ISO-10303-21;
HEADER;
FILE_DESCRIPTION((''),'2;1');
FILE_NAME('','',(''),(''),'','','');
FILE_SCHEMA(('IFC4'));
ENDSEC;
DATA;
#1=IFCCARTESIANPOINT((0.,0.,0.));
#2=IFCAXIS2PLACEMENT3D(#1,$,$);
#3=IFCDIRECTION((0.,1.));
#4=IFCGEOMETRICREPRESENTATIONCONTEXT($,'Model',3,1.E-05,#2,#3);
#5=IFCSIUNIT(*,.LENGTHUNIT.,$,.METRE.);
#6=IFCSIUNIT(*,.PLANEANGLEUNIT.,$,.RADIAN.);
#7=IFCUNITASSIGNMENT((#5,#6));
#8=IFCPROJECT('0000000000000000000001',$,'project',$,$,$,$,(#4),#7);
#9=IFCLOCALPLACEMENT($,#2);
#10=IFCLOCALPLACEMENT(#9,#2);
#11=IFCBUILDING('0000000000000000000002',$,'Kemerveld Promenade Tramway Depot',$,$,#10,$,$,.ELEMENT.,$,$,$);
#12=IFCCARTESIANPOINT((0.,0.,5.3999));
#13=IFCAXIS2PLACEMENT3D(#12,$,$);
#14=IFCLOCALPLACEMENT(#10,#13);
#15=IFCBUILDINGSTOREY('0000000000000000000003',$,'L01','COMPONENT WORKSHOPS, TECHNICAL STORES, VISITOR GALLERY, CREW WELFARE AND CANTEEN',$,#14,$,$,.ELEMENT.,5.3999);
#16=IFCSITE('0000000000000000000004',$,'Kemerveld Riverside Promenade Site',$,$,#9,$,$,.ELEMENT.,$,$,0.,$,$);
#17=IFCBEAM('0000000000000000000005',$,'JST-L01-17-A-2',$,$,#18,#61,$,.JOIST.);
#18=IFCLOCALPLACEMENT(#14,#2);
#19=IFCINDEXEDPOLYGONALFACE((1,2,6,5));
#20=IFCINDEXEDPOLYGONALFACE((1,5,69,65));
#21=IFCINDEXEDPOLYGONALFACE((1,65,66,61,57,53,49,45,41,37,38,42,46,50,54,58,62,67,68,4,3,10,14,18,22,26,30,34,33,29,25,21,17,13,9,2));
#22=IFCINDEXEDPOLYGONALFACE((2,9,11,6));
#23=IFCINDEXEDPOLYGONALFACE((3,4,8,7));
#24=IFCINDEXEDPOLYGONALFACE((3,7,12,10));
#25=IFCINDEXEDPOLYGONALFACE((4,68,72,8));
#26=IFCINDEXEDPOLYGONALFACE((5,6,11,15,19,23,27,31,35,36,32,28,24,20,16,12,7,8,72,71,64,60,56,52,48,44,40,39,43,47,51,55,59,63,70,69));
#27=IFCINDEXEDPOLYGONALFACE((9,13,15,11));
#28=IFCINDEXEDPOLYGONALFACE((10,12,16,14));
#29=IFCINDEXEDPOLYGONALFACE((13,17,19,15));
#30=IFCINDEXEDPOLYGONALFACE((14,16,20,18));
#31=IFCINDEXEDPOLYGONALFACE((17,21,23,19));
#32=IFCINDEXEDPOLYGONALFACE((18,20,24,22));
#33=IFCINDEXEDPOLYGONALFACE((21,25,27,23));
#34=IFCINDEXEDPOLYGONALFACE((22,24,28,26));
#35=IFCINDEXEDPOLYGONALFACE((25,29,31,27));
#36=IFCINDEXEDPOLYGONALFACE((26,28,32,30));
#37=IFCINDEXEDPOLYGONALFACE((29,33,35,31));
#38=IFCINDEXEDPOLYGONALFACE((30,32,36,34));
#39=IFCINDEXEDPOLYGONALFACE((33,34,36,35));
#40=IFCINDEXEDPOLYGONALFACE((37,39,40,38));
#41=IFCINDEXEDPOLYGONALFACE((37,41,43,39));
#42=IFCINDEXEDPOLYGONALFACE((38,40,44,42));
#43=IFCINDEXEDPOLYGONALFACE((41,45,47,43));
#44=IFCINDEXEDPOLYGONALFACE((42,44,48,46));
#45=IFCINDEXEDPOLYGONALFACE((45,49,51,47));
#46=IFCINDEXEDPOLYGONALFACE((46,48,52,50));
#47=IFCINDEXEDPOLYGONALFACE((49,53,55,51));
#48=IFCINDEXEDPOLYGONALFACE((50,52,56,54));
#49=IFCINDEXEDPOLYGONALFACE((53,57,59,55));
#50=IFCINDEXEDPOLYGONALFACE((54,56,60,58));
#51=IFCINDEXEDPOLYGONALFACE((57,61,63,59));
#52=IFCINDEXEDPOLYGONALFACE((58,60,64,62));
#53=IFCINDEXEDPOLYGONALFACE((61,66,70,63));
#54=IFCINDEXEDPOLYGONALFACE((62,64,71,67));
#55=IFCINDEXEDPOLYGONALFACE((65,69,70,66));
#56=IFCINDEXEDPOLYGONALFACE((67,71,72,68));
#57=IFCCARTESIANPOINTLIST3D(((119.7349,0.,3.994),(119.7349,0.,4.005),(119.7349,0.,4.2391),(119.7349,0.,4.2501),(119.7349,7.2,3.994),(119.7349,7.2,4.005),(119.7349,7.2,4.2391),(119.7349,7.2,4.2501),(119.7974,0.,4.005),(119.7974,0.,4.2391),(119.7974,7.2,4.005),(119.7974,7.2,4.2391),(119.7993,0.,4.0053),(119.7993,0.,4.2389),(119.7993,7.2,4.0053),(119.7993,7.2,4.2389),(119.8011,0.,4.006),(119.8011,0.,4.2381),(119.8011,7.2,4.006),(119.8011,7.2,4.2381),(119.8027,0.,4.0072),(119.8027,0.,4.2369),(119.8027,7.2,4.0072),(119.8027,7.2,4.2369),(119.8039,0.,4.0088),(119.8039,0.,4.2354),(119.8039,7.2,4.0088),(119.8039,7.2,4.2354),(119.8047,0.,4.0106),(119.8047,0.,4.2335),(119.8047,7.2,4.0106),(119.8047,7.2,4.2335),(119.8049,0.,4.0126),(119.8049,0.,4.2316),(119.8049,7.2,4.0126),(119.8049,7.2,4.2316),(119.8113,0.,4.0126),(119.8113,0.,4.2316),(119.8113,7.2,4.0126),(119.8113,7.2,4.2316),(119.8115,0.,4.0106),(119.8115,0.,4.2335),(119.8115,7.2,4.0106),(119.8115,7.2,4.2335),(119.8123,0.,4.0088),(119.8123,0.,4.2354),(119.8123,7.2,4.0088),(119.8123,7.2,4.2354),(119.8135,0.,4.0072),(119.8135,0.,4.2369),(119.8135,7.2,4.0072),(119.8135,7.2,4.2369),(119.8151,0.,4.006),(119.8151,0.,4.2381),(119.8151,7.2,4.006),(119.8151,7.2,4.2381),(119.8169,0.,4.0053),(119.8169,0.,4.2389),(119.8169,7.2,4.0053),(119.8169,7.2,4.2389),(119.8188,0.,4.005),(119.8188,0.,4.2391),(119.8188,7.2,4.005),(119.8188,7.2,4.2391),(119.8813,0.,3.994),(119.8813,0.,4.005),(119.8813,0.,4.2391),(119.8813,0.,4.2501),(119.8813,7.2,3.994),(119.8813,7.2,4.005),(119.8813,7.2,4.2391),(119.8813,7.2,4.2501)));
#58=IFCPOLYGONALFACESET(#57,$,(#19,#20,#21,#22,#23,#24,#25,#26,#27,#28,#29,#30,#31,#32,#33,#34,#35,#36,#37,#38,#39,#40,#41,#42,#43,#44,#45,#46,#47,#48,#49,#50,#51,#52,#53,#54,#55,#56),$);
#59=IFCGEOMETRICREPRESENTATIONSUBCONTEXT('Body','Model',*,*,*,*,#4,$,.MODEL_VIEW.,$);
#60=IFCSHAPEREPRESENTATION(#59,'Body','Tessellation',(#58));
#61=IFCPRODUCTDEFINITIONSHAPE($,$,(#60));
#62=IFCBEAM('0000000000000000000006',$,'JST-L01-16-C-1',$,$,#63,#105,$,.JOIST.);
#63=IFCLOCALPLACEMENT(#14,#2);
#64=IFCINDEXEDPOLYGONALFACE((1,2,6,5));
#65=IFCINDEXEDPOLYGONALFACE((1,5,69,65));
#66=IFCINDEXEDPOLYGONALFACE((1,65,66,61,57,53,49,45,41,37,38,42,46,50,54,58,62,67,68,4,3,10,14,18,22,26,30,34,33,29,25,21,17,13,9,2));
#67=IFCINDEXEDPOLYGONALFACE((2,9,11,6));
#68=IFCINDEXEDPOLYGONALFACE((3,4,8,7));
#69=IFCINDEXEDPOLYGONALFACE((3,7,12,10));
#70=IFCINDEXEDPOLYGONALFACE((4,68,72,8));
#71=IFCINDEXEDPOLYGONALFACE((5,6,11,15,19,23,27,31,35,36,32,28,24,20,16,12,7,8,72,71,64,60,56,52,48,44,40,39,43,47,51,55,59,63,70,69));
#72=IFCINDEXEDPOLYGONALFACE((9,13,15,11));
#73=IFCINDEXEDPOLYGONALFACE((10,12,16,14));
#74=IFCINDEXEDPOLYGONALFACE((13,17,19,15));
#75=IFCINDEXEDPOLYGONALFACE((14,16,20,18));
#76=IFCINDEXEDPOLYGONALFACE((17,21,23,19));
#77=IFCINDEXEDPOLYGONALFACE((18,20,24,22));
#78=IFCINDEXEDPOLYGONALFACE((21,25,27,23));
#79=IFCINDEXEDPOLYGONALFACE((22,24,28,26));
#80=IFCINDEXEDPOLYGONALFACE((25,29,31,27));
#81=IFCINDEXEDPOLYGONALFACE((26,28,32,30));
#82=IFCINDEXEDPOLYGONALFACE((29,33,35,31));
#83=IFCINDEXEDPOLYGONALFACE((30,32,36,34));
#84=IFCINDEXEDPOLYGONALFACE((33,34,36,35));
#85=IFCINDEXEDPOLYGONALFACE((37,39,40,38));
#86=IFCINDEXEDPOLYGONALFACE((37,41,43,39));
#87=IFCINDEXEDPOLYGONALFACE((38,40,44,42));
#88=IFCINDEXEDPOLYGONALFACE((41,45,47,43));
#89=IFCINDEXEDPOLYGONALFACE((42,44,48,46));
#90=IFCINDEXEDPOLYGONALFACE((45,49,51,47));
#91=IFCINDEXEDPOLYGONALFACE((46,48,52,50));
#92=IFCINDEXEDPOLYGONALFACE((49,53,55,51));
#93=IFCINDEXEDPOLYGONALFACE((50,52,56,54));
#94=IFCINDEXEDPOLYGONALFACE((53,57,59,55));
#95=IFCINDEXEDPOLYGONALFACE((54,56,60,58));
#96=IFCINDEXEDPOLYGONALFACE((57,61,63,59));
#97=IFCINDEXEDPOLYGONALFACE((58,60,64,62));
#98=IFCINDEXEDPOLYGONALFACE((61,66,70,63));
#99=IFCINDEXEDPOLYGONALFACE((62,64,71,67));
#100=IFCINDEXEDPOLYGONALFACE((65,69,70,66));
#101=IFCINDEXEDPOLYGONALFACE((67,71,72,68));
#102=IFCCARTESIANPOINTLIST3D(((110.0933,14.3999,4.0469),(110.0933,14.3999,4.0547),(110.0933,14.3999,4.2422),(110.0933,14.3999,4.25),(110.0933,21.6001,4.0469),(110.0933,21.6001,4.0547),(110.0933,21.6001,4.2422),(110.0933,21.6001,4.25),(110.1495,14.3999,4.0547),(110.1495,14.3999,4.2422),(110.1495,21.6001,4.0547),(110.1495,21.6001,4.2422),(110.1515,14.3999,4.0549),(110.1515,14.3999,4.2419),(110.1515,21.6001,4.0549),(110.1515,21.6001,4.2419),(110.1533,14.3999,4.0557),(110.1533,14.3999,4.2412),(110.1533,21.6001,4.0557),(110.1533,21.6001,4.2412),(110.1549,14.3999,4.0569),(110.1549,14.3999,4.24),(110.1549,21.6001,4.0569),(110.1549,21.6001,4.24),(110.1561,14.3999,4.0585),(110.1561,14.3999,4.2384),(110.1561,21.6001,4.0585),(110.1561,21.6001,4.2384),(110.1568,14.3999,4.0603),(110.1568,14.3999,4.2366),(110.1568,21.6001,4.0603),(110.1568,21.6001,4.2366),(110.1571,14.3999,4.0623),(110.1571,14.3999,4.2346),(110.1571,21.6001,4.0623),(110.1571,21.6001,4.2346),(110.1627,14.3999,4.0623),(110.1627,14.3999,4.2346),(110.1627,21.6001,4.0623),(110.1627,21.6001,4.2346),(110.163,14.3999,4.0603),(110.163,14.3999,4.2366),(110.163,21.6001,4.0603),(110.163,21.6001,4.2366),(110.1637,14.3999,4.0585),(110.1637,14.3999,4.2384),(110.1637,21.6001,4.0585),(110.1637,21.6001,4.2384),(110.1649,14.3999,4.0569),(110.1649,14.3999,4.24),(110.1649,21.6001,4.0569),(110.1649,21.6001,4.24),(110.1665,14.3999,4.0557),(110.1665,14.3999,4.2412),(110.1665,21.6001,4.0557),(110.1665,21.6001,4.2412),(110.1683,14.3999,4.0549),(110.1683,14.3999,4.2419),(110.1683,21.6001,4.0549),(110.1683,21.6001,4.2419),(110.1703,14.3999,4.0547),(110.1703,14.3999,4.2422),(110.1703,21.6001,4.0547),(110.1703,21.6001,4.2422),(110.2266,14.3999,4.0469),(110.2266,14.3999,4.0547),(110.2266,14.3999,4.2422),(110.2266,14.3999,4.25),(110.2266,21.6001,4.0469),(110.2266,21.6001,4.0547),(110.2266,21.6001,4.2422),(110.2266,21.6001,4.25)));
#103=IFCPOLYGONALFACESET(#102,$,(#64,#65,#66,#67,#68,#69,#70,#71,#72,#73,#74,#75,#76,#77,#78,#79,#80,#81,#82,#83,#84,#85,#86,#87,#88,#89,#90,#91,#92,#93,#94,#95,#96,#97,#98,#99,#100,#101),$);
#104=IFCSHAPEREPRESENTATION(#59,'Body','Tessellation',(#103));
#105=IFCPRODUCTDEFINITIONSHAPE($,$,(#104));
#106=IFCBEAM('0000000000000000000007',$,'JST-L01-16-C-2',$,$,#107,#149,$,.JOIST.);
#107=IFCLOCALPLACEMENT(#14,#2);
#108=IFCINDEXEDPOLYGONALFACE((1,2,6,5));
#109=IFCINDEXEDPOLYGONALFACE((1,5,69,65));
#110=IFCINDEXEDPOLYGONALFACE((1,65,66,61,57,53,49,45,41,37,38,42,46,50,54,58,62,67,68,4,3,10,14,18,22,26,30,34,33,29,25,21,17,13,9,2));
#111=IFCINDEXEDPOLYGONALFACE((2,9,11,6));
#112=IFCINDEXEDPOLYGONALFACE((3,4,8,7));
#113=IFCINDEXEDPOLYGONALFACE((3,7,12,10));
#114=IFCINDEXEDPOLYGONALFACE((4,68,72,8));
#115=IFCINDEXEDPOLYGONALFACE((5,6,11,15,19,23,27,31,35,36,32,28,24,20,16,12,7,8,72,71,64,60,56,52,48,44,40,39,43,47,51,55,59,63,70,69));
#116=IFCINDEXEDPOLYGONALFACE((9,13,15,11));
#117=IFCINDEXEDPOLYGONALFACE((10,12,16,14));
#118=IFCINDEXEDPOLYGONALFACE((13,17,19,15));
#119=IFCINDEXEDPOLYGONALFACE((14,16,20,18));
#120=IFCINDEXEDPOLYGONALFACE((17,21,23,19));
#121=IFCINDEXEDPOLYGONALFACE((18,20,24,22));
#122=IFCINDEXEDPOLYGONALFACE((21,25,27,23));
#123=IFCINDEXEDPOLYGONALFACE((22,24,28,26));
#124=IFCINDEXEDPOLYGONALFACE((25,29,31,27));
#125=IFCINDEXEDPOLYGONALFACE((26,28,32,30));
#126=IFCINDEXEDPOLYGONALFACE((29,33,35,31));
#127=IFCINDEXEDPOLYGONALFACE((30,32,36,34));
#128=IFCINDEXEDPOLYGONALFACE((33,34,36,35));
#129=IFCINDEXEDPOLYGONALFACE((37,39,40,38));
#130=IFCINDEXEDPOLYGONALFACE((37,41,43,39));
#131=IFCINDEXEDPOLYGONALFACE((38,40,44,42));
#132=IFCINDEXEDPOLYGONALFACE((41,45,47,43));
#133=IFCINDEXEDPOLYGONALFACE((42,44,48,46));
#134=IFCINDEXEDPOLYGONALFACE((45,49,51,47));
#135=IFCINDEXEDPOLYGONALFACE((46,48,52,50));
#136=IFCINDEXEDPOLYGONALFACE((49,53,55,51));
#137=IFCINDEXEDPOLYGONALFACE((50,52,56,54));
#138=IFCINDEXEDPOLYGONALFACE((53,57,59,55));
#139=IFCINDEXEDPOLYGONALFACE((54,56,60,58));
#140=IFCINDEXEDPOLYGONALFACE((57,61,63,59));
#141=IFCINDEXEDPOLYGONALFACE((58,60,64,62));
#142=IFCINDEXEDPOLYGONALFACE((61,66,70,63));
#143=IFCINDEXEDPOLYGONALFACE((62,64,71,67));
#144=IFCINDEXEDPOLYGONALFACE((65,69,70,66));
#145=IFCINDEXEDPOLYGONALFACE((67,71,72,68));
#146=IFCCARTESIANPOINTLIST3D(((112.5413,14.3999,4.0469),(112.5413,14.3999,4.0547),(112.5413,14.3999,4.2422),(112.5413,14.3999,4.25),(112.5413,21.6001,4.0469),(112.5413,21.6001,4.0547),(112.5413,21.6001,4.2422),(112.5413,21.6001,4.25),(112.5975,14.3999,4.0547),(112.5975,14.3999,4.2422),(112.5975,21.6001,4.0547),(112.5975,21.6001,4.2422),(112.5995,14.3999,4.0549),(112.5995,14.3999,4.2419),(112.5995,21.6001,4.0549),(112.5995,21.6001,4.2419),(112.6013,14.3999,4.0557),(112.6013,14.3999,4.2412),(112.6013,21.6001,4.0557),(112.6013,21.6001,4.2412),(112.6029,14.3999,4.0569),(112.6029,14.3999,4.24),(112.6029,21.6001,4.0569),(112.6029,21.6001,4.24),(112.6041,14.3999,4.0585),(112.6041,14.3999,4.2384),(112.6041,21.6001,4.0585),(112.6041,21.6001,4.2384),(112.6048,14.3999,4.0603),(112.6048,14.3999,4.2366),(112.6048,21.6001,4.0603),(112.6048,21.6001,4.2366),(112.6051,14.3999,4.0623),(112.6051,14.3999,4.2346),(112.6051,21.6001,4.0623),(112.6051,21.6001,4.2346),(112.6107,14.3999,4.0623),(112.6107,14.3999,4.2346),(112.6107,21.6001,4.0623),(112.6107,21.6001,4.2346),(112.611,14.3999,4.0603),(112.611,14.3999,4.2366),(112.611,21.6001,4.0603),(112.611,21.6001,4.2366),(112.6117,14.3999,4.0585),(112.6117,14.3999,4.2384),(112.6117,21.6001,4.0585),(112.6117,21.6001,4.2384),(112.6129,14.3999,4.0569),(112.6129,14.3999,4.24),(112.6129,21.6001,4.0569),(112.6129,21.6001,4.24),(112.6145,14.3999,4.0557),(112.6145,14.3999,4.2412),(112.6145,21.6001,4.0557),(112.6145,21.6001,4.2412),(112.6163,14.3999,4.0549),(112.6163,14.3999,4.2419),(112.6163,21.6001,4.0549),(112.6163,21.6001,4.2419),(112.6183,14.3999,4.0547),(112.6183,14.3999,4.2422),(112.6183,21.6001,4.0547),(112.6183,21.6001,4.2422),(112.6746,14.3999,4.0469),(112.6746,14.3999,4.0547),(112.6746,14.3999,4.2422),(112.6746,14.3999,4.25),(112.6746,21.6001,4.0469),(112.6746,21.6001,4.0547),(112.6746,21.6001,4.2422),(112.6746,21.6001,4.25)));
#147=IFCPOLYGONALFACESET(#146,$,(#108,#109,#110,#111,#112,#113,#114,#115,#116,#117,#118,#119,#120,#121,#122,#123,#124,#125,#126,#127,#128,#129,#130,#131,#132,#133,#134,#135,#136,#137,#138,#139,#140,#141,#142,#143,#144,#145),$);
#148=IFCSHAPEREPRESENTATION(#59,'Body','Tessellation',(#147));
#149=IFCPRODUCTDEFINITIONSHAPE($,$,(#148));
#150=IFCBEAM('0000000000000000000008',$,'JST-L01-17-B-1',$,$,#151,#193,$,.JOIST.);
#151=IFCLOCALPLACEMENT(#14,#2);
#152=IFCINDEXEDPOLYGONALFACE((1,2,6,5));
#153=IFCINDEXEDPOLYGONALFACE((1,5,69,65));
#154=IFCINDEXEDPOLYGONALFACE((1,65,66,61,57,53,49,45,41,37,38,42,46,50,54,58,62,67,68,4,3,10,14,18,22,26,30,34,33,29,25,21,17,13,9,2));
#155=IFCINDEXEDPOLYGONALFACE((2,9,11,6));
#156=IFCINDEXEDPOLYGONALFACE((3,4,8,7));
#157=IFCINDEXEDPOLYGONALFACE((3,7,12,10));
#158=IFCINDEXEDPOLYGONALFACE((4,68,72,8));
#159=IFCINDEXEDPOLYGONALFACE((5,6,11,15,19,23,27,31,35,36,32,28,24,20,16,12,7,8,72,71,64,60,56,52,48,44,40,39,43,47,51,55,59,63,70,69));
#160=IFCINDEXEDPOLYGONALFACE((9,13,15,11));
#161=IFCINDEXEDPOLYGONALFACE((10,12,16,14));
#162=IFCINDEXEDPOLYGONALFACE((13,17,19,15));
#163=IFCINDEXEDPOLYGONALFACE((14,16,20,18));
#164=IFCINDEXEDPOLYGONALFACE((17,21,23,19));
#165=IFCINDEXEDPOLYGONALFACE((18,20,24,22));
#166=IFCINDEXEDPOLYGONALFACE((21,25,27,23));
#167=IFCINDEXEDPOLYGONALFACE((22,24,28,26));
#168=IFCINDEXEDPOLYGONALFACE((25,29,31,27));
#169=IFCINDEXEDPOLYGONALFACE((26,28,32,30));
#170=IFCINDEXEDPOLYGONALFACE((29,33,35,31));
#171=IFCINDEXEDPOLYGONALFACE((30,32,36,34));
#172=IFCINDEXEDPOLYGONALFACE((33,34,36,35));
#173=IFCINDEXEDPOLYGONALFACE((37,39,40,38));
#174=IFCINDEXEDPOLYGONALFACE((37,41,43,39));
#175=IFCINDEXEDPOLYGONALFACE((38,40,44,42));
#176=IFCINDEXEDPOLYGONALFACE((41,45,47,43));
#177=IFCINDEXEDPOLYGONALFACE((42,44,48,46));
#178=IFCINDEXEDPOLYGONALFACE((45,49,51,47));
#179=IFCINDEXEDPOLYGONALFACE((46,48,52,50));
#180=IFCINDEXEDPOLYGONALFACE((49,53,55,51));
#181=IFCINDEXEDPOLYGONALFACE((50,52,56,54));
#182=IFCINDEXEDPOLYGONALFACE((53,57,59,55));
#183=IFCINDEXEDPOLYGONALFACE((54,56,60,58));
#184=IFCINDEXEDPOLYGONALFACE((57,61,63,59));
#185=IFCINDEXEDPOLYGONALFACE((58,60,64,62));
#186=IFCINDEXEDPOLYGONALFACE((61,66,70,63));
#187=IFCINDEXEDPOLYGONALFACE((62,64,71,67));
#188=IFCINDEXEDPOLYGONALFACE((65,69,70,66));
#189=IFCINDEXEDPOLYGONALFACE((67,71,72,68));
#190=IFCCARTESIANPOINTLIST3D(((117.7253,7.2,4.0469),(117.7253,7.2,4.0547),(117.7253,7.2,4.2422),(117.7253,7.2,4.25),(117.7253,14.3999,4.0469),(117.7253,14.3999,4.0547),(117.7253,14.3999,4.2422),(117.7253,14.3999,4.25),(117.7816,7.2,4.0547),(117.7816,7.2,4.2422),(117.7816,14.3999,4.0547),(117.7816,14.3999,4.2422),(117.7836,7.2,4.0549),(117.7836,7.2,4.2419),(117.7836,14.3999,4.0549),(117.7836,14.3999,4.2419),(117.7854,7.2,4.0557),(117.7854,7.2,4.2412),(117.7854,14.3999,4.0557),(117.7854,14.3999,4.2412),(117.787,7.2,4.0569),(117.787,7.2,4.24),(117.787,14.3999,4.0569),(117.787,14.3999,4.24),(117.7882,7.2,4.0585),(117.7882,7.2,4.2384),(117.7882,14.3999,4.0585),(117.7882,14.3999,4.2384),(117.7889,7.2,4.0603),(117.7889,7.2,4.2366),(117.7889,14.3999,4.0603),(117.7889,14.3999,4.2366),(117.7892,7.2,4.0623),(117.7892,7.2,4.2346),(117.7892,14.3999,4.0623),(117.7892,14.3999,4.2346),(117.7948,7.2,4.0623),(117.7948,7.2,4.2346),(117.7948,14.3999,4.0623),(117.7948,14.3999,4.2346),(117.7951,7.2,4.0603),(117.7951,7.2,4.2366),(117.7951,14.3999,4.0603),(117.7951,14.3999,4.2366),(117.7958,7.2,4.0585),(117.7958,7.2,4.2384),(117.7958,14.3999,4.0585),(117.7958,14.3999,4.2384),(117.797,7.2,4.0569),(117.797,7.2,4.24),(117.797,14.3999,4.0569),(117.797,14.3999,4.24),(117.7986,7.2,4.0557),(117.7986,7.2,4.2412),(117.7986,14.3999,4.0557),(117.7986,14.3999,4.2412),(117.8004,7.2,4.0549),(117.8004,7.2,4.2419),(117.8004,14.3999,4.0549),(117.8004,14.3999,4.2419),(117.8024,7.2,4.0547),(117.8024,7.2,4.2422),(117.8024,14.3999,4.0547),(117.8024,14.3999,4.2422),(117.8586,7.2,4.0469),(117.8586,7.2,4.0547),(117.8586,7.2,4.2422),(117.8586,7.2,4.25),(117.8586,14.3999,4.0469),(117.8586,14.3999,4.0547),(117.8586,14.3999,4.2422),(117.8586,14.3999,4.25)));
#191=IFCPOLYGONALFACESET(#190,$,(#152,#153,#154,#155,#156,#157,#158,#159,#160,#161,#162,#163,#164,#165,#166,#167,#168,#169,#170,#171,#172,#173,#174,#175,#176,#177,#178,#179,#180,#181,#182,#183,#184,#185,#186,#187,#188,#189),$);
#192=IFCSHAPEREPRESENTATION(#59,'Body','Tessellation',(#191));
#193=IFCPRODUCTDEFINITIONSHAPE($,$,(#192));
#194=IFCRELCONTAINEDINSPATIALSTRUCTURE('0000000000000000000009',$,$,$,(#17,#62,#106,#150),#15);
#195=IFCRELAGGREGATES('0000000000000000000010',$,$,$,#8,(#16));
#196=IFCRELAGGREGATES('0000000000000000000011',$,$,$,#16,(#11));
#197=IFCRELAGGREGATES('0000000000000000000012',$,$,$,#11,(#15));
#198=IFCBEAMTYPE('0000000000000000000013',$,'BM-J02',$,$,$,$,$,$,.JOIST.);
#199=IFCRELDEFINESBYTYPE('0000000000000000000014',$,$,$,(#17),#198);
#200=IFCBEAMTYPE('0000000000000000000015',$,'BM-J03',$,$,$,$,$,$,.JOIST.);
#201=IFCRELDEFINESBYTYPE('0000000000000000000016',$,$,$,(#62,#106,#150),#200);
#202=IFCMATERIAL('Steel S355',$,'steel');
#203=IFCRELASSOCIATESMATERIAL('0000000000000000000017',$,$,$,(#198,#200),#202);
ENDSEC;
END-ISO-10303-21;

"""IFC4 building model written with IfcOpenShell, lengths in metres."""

from ifc_helpers import new_model, si_unit, direction, frame, origin, origin_2d, place, context, subcontext, project, spatial, i_section, extrude, material, material_profile, profile_set, type_object, element, save


model = new_model("IFC4")

# Units and contexts
model_context = context("Model", 3, precision=1e-05, world=origin(), true_north=direction((0.0, 1.0)))
body_context = subcontext(model_context, "Body", "Model", "MODEL_VIEW")
ifc_project = project(units=[si_unit("LENGTHUNIT", "METRE"), si_unit("PLANEANGLEUNIT", "RADIAN")], contexts=[model_context])

# Site, building, storey
site_placement = place(None, origin())
site = spatial("IfcSite", under=ifc_project, at=site_placement, Name="Kemerveld Riverside Promenade Site", CompositionType="ELEMENT", RefElevation=0.0)
building_placement = place(site_placement, origin())
building = spatial("IfcBuilding", under=site, at=building_placement, Name="Kemerveld Promenade Tramway Depot", CompositionType="ELEMENT")
storey_placement = place(building_placement, frame((0.0, 0.0, 5.3999)))
storey = spatial("IfcBuildingStorey", under=building, at=storey_placement, Name="L01", Description="COMPONENT WORKSHOPS, TECHNICAL STORES, VISITOR GALLERY, CREW WELFARE AND CANTEEN", CompositionType="ELEMENT", Elevation=5.3999)

# Shared definitions
ifc_material_1 = material(Name="Steel S355", Category="steel")

# Beams
ifc_material_profile_1 = material_profile(ifc_material_1, i_section(OverallWidth=0.1465, OverallDepth=0.2561, WebThickness=0.0063, FlangeThickness=0.011, FilletRadius=0.0076, at=origin_2d()), Name="254x146x37 UB")
ifc_profile_set_1 = profile_set([ifc_material_profile_1], Name="Steel S355")
beam_type_1 = type_object("IfcBeamType", Name="BM-J02", PredefinedType="JOIST", material=ifc_profile_set_1)
for number, where, z_axis, x_axis, name in (
    (1, (119.8081, 0.0, 4.1221), (0.0, 1.0, 0.0), (-1.0, 0.0, 0.0), "JST-L01-17-A-2"),
):
    element("IfcBeam", number, at=place(storey_placement, frame(where, z_axis=z_axis, x_axis=x_axis)), inside=storey, type_object=beam_type_1, Name=name, PredefinedType="JOIST", context=body_context, shape_type="SweptSolid", body=[
        extrude(i_section(OverallWidth=0.1465, OverallDepth=0.2561, WebThickness=0.0063, FlangeThickness=0.011, FilletRadius=0.0076, at=origin_2d()), origin(), (0.0, 0.0, 1.0), 7.2),
    ])
ifc_material_profile_2 = material_profile(ifc_material_1, i_section(OverallWidth=0.1333, OverallDepth=0.2031, WebThickness=0.0056, FlangeThickness=0.0078, FilletRadius=0.0076, at=origin_2d()), Name="203x133x25 UB")
ifc_profile_set_2 = profile_set([ifc_material_profile_2], Name="Steel S355")
beam_type_2 = type_object("IfcBeamType", Name="BM-J03", PredefinedType="JOIST", material=ifc_profile_set_2)
for number, where, z_axis, x_axis, name in (
    (2, (110.1599, 14.3999, 4.1484), (0.0, 1.0, 0.0), (-1.0, 0.0, 0.0), "JST-L01-16-C-1"),
    (3, (112.6079, 14.3999, 4.1484), (0.0, 1.0, 0.0), (-1.0, 0.0, 0.0), "JST-L01-16-C-2"),
):
    element("IfcBeam", number, at=place(storey_placement, frame(where, z_axis=z_axis, x_axis=x_axis)), inside=storey, type_object=beam_type_2, Name=name, PredefinedType="JOIST", context=body_context, shape_type="SweptSolid", body=[
        extrude(i_section(OverallWidth=0.1333, OverallDepth=0.2031, WebThickness=0.0056, FlangeThickness=0.0078, FilletRadius=0.0076, at=origin_2d()), origin(), (0.0, 0.0, 1.0), 7.2002),
    ])
for number, where, z_axis, x_axis, name in (
    (4, (117.792, 7.2, 4.1484), (0.0, 1.0, 0.0), (-1.0, 0.0, 0.0), "JST-L01-17-B-1"),
):
    element("IfcBeam", number, at=place(storey_placement, frame(where, z_axis=z_axis, x_axis=x_axis)), inside=storey, type_object=beam_type_2, Name=name, PredefinedType="JOIST", context=body_context, shape_type="SweptSolid", body=[
        extrude(i_section(OverallWidth=0.1333, OverallDepth=0.2031, WebThickness=0.0056, FlangeThickness=0.0078, FilletRadius=0.0076, at=origin_2d()), origin(), (0.0, 0.0, 1.0), 7.2),
    ])

save(model, "model.ifc")
